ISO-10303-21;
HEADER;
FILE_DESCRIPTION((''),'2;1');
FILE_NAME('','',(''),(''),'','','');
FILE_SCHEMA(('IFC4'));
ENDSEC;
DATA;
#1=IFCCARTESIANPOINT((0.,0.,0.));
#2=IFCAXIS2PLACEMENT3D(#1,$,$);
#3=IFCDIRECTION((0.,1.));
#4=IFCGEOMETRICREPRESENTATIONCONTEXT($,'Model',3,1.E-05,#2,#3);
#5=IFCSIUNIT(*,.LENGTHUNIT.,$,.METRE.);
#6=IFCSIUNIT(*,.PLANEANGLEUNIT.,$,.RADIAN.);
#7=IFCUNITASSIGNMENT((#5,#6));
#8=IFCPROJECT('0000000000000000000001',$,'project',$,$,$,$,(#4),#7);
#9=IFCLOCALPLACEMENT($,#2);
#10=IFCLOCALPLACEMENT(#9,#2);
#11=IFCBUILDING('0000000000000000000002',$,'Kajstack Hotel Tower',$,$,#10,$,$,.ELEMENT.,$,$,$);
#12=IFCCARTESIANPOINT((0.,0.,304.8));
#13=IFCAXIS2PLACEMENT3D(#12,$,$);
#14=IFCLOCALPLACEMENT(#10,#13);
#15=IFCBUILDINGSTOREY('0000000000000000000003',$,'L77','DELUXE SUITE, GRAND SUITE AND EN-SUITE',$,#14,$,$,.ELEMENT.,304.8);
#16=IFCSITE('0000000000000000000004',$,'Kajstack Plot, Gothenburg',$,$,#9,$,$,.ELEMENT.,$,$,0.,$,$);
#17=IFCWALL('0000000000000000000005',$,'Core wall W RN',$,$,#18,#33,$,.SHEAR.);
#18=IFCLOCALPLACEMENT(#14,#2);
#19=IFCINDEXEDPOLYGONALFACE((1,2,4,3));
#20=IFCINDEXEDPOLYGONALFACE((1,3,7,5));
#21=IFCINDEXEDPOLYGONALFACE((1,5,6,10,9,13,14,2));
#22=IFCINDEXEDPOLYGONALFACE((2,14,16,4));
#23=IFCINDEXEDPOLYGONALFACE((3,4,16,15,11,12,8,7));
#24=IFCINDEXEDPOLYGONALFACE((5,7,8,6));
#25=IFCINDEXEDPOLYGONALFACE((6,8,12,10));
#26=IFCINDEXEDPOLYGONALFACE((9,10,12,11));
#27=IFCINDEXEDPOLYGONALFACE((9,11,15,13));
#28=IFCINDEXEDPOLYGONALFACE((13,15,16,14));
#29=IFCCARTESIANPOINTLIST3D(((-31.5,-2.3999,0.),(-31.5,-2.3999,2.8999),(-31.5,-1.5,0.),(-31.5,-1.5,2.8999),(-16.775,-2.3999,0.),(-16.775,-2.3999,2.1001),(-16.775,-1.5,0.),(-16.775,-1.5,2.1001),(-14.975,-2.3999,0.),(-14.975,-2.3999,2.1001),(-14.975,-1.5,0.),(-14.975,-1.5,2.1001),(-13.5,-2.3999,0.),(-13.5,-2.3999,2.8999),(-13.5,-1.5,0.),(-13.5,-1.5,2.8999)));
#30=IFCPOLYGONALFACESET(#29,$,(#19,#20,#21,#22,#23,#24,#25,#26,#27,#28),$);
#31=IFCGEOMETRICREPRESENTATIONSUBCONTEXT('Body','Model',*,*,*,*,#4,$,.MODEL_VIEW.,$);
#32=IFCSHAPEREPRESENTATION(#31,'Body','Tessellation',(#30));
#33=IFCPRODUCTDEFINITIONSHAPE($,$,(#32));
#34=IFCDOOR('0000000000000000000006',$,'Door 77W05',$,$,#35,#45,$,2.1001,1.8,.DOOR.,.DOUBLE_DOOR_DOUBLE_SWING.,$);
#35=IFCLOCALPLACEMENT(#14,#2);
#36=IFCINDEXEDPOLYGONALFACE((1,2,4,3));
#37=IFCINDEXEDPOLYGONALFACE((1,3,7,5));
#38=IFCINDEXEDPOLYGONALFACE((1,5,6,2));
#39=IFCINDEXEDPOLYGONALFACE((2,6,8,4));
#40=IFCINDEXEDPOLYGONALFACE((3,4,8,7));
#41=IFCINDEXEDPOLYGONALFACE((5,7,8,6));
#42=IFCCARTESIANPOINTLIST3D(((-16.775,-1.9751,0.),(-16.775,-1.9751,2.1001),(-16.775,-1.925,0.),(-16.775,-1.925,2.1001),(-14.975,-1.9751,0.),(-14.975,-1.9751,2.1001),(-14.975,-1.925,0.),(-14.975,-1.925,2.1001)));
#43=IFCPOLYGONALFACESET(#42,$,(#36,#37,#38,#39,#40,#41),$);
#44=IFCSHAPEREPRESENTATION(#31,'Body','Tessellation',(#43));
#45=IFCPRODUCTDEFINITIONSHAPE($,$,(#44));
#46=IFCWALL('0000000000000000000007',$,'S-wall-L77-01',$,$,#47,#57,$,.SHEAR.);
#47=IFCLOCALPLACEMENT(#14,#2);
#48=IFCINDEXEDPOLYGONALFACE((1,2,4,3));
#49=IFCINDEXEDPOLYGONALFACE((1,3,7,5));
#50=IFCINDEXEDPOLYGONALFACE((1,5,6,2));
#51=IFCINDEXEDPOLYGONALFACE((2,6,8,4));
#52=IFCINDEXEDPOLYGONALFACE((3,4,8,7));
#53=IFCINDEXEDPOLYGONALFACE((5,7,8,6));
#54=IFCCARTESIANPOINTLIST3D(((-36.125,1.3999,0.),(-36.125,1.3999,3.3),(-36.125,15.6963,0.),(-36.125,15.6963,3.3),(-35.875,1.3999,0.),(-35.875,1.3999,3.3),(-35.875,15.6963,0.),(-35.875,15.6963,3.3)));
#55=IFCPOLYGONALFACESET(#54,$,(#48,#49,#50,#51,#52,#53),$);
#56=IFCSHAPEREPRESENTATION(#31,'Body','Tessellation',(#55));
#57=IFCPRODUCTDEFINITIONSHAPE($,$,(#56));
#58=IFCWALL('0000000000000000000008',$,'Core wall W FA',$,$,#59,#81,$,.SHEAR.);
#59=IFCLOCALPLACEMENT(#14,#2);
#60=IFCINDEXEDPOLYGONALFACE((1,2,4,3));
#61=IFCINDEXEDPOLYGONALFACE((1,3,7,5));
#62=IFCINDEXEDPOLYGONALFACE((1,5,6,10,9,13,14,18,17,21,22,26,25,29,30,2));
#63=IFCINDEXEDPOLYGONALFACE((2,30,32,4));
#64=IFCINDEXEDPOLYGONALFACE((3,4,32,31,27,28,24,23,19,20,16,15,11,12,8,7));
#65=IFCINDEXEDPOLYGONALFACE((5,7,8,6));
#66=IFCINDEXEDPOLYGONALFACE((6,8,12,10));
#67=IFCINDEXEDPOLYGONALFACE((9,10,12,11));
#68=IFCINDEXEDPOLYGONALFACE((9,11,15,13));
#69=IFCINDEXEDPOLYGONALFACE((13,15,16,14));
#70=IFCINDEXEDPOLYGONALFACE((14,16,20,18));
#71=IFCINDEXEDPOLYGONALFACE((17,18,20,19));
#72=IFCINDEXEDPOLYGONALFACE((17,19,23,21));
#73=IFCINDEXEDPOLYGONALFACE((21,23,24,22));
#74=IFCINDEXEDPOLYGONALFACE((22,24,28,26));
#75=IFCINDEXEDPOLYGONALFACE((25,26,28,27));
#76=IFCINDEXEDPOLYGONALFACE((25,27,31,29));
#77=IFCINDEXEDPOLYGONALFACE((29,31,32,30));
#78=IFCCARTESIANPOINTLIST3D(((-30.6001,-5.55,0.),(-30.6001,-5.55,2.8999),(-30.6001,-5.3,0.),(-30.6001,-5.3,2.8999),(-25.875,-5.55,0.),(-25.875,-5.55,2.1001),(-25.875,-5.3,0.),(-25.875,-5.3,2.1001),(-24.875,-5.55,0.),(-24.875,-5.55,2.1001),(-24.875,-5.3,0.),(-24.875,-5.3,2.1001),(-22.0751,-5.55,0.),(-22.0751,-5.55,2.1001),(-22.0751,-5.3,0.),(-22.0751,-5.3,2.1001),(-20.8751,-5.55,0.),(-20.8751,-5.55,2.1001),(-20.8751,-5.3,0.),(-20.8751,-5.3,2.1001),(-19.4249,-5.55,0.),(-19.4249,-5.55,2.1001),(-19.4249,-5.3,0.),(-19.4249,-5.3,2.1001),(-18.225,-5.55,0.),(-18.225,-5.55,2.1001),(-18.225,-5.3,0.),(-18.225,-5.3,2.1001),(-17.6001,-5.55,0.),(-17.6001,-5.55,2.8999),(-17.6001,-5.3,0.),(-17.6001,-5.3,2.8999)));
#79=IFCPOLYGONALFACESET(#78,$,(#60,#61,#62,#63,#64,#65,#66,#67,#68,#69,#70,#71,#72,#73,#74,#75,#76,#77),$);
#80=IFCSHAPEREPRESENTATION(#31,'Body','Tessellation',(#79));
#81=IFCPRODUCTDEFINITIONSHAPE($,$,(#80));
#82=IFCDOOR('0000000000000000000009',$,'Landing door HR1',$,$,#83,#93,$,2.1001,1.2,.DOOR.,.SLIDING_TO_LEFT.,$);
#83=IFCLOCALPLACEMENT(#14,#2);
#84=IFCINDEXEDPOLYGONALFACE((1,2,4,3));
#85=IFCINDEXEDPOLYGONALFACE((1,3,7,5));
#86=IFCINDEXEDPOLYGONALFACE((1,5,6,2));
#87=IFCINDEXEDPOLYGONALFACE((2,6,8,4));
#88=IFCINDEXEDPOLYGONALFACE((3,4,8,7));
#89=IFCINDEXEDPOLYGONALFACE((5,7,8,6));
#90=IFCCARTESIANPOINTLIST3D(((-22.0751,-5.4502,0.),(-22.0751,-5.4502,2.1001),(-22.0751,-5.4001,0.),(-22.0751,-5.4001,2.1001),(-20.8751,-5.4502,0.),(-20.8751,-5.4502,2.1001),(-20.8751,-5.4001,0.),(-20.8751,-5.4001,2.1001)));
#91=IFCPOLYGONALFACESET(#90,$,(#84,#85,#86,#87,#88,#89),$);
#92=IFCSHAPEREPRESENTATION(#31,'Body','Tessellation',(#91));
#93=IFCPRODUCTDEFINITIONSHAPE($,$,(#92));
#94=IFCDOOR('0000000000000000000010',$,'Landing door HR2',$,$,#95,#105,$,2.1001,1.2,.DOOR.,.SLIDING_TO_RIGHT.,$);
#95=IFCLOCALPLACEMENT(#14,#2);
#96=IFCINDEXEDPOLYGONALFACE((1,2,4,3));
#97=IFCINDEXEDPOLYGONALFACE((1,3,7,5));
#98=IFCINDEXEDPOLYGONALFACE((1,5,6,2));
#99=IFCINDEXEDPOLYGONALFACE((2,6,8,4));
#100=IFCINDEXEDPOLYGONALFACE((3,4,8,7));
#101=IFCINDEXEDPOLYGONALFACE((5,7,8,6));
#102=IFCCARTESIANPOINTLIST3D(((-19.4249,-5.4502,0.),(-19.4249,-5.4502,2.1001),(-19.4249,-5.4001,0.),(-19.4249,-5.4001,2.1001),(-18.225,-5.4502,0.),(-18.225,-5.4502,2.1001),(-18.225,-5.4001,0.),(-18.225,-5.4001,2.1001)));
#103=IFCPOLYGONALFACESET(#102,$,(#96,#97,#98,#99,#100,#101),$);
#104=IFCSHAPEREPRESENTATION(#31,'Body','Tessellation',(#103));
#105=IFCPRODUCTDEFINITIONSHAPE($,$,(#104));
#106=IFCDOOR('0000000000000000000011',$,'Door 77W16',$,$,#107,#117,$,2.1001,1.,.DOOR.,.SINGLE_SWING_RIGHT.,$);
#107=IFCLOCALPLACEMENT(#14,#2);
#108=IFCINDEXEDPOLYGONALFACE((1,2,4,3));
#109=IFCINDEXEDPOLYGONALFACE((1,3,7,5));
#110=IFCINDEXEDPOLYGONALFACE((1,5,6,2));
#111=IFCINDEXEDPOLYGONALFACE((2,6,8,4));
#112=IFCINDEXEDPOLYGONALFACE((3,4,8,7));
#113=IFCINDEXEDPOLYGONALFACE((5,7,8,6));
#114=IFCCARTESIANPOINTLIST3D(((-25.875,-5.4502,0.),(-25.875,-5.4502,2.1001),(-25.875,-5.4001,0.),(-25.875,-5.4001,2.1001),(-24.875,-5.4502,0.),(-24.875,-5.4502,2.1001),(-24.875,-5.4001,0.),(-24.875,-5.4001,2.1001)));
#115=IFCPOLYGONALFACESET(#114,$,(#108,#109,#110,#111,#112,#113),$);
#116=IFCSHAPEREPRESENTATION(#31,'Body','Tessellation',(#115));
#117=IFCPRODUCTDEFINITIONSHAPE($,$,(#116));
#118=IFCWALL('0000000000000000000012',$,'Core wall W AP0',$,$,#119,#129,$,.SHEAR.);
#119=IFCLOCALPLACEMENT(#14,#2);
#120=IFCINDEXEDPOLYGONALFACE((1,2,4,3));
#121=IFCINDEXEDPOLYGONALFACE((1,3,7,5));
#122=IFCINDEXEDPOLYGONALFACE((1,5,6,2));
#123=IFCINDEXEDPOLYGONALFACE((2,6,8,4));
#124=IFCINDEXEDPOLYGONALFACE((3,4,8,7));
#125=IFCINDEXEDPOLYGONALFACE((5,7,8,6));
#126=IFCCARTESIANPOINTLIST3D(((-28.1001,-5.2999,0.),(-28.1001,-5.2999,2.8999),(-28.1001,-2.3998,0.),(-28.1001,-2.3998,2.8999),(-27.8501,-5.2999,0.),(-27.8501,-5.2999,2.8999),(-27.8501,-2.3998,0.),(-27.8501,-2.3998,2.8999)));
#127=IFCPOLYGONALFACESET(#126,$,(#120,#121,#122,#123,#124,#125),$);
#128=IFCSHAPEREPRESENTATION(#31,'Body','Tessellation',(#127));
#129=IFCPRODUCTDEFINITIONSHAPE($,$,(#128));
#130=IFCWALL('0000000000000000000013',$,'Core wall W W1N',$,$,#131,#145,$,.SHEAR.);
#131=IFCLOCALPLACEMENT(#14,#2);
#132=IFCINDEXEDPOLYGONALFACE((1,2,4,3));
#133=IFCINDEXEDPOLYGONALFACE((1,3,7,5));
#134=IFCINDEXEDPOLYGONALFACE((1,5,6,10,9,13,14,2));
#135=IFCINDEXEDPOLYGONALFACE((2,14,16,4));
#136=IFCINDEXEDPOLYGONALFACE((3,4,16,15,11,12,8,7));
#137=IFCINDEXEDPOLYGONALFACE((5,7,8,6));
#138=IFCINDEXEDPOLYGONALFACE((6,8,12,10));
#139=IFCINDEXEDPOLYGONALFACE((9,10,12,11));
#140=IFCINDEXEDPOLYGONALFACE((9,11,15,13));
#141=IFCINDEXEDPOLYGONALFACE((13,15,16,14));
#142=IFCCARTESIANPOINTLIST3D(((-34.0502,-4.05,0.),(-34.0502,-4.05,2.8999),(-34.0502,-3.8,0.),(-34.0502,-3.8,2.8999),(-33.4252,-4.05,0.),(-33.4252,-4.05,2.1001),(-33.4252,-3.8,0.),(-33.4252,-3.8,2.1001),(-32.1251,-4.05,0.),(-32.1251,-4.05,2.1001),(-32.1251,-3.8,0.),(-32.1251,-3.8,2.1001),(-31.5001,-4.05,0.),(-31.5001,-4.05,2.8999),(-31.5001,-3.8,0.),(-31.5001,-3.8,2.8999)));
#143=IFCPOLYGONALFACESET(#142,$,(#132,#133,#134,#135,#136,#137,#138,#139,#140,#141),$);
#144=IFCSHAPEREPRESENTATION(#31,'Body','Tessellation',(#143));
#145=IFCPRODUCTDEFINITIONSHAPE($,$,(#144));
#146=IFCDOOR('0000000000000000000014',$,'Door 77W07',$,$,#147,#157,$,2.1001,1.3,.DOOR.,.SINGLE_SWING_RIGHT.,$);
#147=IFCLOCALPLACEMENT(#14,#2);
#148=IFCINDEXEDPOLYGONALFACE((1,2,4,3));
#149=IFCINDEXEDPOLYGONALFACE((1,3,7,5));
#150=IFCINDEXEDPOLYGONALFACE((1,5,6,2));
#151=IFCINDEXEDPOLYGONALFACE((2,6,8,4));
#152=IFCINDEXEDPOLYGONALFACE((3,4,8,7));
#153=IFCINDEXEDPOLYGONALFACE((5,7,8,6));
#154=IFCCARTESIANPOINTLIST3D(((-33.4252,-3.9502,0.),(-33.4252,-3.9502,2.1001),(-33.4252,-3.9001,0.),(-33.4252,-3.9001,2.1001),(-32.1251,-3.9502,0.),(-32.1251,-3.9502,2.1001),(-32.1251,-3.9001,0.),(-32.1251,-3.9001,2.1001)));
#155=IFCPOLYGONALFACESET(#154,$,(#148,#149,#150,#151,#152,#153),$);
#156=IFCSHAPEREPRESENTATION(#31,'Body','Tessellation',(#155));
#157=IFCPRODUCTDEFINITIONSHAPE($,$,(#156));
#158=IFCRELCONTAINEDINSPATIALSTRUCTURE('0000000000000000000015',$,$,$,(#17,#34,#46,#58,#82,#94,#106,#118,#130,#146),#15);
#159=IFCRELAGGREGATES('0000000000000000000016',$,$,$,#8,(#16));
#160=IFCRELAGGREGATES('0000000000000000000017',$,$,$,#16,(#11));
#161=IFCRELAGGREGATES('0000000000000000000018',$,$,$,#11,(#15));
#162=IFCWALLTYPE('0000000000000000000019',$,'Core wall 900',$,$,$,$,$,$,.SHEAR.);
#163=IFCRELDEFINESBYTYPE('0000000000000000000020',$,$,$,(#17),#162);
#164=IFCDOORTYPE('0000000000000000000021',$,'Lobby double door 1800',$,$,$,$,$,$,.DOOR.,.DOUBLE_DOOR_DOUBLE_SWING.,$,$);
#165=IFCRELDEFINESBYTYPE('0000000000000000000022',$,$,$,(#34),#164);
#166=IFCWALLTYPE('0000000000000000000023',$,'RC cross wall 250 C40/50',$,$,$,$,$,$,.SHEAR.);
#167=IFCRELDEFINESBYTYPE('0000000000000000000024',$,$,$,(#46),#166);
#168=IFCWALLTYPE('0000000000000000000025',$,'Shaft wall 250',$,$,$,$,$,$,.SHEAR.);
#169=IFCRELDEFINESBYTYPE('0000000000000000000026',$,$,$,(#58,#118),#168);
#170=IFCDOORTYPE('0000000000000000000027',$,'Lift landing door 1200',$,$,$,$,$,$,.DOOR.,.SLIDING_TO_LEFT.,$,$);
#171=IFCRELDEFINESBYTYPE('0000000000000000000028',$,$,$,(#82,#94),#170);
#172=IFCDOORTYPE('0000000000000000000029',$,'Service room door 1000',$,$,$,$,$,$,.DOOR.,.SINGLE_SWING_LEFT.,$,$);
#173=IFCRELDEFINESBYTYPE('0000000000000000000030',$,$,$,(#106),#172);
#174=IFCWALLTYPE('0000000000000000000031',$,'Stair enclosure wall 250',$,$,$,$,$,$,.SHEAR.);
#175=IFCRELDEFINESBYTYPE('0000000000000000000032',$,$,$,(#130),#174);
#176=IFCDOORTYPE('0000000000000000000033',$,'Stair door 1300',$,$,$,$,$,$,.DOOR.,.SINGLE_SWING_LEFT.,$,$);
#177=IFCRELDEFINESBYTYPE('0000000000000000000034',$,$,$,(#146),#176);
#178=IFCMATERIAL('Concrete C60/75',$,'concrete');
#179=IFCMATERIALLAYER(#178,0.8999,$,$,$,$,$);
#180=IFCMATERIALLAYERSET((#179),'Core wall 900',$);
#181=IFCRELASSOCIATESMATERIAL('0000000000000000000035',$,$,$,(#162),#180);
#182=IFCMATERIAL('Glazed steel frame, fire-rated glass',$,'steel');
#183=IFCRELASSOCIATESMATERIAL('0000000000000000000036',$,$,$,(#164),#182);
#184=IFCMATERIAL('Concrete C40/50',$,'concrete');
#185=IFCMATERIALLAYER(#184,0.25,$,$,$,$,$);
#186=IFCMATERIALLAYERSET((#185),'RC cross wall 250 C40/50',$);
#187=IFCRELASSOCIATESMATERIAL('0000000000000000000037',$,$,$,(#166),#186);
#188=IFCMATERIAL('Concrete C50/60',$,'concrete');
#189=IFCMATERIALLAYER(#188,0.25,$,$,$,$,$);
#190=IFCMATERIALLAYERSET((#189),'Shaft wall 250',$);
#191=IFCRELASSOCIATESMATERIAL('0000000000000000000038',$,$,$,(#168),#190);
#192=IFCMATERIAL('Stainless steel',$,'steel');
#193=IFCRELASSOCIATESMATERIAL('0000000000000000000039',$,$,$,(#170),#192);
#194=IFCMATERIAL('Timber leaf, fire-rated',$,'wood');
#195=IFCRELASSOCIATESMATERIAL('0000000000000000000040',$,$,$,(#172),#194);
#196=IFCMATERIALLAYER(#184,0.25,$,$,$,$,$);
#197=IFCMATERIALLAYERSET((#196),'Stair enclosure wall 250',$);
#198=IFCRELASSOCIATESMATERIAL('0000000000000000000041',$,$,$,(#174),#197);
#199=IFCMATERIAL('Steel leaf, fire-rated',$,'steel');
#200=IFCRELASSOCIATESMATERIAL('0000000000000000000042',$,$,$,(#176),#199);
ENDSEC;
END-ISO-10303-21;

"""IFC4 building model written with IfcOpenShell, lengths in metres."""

from ifc_helpers import new_model, si_unit, direction, frame, frame_2d, origin, place, context, subcontext, project, spatial, rectangle, extrude, material, layer, layer_set, type_object, element, fill, save


model = new_model("IFC4")

# Units and contexts
model_context = context("Model", 3, precision=1e-05, world=origin(), true_north=direction((0.0, 1.0)))
body_context = subcontext(model_context, "Body", "Model", "MODEL_VIEW")
ifc_project = project(units=[si_unit("LENGTHUNIT", "METRE"), si_unit("PLANEANGLEUNIT", "RADIAN")], contexts=[model_context])

# Site, building, storey
site_placement = place(None, origin())
site = spatial("IfcSite", under=ifc_project, at=site_placement, Name="Kajstack Plot, Gothenburg", CompositionType="ELEMENT", RefElevation=0.0)
building_placement = place(site_placement, origin())
building = spatial("IfcBuilding", under=site, at=building_placement, Name="Kajstack Hotel Tower", CompositionType="ELEMENT")
storey_placement = place(building_placement, frame((0.0, 0.0, 304.8)))
storey = spatial("IfcBuildingStorey", under=building, at=storey_placement, Name="L77", Description="DELUXE SUITE, GRAND SUITE AND EN-SUITE", CompositionType="ELEMENT", Elevation=304.8)

# Wall, opening, door
ifc_material_1 = material(Name="Concrete C60/75", Category="concrete")
ifc_layer_1 = layer(ifc_material_1, 0.8999)
ifc_layer_set_1 = layer_set([ifc_layer_1], Name="Core wall 900")
wall_type_1 = type_object("IfcWallType", Name="Core wall 900", PredefinedType="SHEAR", material=ifc_layer_set_1)
wall_1_placement = place(storey_placement, frame((-31.5, -1.95, 0.0), z_axis=(0.0, 0.0, 1.0), x_axis=(1.0, 0.0, 0.0)))
wall_1 = element("IfcWall", 1, at=wall_1_placement, inside=storey, type_object=wall_type_1, Name="Core wall W RN", PredefinedType="SHEAR", context=body_context, shape_type="SweptSolid", body=[
    extrude(rectangle(XDim=18.0, YDim=0.8999, at=frame_2d((9.0, 0.0))), origin(), (0.0, 0.0, 1.0), 2.8999),
])
opening_1_placement = place(wall_1_placement, frame((14.7251, 0.0, 0.0)))
opening_1 = element("IfcOpeningElement", 2, at=opening_1_placement, cuts=wall_1, PredefinedType="OPENING", context=body_context, shape_type="SweptSolid", body=[
    extrude(rectangle(XDim=1.8, YDim=2.1001, at=frame_2d((0.8999, 1.05))), frame((0.0, 0.46, 0.0), z_axis=(0.0, -1.0, 0.0), x_axis=(1.0, 0.0, 0.0)), (0.0, 0.0, 1.0), 0.9199),
])
ifc_material_2 = material(Name="Glazed steel frame, fire-rated glass", Category="steel")
door_type_1 = type_object("IfcDoorType", Name="Lobby double door 1800", OperationType="DOUBLE_DOOR_DOUBLE_SWING", PredefinedType="DOOR", material=ifc_material_2)
door_1_placement = place(opening_1_placement, origin())
door_1 = element("IfcDoor", 3, at=door_1_placement, inside=storey, type_object=door_type_1, Name="Door 77W05", OperationType="DOUBLE_DOOR_DOUBLE_SWING", OverallHeight=2.1001, OverallWidth=1.8, PredefinedType="DOOR", context=body_context, shape_type="SweptSolid", body=[
    extrude(rectangle(XDim=1.8, YDim=2.1001, at=frame_2d((0.8999, 1.05))), frame((0.0, 0.0249, 0.0), z_axis=(0.0, -1.0, 0.0), x_axis=(1.0, 0.0, 0.0)), (0.0, 0.0, 1.0), 0.05),
])
fill(opening_1, door_1)

# Wall
ifc_material_3 = material(Name="Concrete C40/50", Category="concrete")
ifc_layer_2 = layer(ifc_material_3, 0.25)
ifc_layer_set_2 = layer_set([ifc_layer_2], Name="RC cross wall 250 C40/50")
wall_type_2 = type_object("IfcWallType", Name="RC cross wall 250 C40/50", PredefinedType="SHEAR", material=ifc_layer_set_2)
wall_2_placement = place(storey_placement, frame((-36.0, 1.3999, 0.0), z_axis=(0.0, 0.0, 1.0), x_axis=(0.0, 1.0, 0.0)))
element("IfcWall", 4, at=wall_2_placement, inside=storey, type_object=wall_type_2, Name="S-wall-L77-01", PredefinedType="SHEAR", context=body_context, shape_type="SweptSolid", body=[
    extrude(rectangle(XDim=14.2964, YDim=0.25, at=frame_2d((7.1482, 0.0))), origin(), (0.0, 0.0, 1.0), 3.3),
])

# Wall, openings, doors
ifc_material_4 = material(Name="Concrete C50/60", Category="concrete")
ifc_layer_3 = layer(ifc_material_4, 0.25)
ifc_layer_set_3 = layer_set([ifc_layer_3], Name="Shaft wall 250")
wall_type_3 = type_object("IfcWallType", Name="Shaft wall 250", PredefinedType="SHEAR", material=ifc_layer_set_3)
wall_3_placement = place(storey_placement, frame((-30.6001, -5.425, 0.0), z_axis=(0.0, 0.0, 1.0), x_axis=(1.0, 0.0, 0.0)))
wall_3 = element("IfcWall", 5, at=wall_3_placement, inside=storey, type_object=wall_type_3, Name="Core wall W FA", PredefinedType="SHEAR", context=body_context, shape_type="SweptSolid", body=[
    extrude(rectangle(XDim=13.0, YDim=0.25, at=frame_2d((6.5, 0.0))), origin(), (0.0, 0.0, 1.0), 2.8999),
])
opening_2_placement = place(wall_3_placement, frame((8.5249, 0.0, 0.0)))
opening_2 = element("IfcOpeningElement", 6, at=opening_2_placement, cuts=wall_3, PredefinedType="OPENING", context=body_context, shape_type="SweptSolid", body=[
    extrude(rectangle(XDim=1.2, YDim=2.1001, at=frame_2d((0.6001, 1.05))), frame((0.0, 0.135, 0.0), z_axis=(0.0, -1.0, 0.0), x_axis=(1.0, 0.0, 0.0)), (0.0, 0.0, 1.0), 0.27),
])
opening_3_placement = place(wall_3_placement, frame((11.175, 0.0, 0.0)))
opening_3 = element("IfcOpeningElement", 7, at=opening_3_placement, cuts=wall_3, PredefinedType="OPENING", context=body_context, shape_type="SweptSolid", body=[
    extrude(rectangle(XDim=1.2, YDim=2.1001, at=frame_2d((0.6001, 1.05))), frame((0.0, 0.135, 0.0), z_axis=(0.0, -1.0, 0.0), x_axis=(1.0, 0.0, 0.0)), (0.0, 0.0, 1.0), 0.27),
])
opening_4_placement = place(wall_3_placement, frame((4.7251, 0.0, 0.0)))
opening_4 = element("IfcOpeningElement", 8, at=opening_4_placement, cuts=wall_3, PredefinedType="OPENING", context=body_context, shape_type="SweptSolid", body=[
    extrude(rectangle(XDim=1.0, YDim=2.1001, at=frame_2d((0.5, 1.05))), frame((0.0, 0.135, 0.0), z_axis=(0.0, -1.0, 0.0), x_axis=(1.0, 0.0, 0.0)), (0.0, 0.0, 1.0), 0.27),
])
ifc_material_5 = material(Name="Stainless steel", Category="steel")
door_type_2 = type_object("IfcDoorType", Name="Lift landing door 1200", OperationType="SLIDING_TO_LEFT", PredefinedType="DOOR", material=ifc_material_5)
door_2_placement = place(opening_2_placement, origin())
door_2 = element("IfcDoor", 9, at=door_2_placement, inside=storey, type_object=door_type_2, Name="Landing door HR1", OperationType="SLIDING_TO_LEFT", OverallHeight=2.1001, OverallWidth=1.2, PredefinedType="DOOR", context=body_context, shape_type="SweptSolid", body=[
    extrude(rectangle(XDim=1.2, YDim=2.1001, at=frame_2d((0.6001, 1.05))), frame((0.0, 0.0249, 0.0), z_axis=(0.0, -1.0, 0.0), x_axis=(1.0, 0.0, 0.0)), (0.0, 0.0, 1.0), 0.05),
])
fill(opening_2, door_2)
door_3_placement = place(opening_3_placement, origin())
door_3 = element("IfcDoor", 10, at=door_3_placement, inside=storey, type_object=door_type_2, Name="Landing door HR2", OperationType="SLIDING_TO_RIGHT", OverallHeight=2.1001, OverallWidth=1.2, PredefinedType="DOOR", context=body_context, shape_type="SweptSolid", body=[
    extrude(rectangle(XDim=1.2, YDim=2.1001, at=frame_2d((0.6001, 1.05))), frame((0.0, 0.0249, 0.0), z_axis=(0.0, -1.0, 0.0), x_axis=(1.0, 0.0, 0.0)), (0.0, 0.0, 1.0), 0.05),
])
fill(opening_3, door_3)
ifc_material_6 = material(Name="Timber leaf, fire-rated", Category="wood")
door_type_3 = type_object("IfcDoorType", Name="Service room door 1000", OperationType="SINGLE_SWING_LEFT", PredefinedType="DOOR", material=ifc_material_6)
door_4_placement = place(opening_4_placement, origin())
door_4 = element("IfcDoor", 11, at=door_4_placement, inside=storey, type_object=door_type_3, Name="Door 77W16", OperationType="SINGLE_SWING_RIGHT", OverallHeight=2.1001, OverallWidth=1.0, PredefinedType="DOOR", context=body_context, shape_type="SweptSolid", body=[
    extrude(rectangle(XDim=1.0, YDim=2.1001, at=frame_2d((0.5, 1.05))), frame((0.0, 0.0249, 0.0), z_axis=(0.0, -1.0, 0.0), x_axis=(1.0, 0.0, 0.0)), (0.0, 0.0, 1.0), 0.05),
])
fill(opening_4, door_4)

# Wall
wall_4_placement = place(storey_placement, frame((-27.9751, -5.3, 0.0), z_axis=(0.0, 0.0, 1.0), x_axis=(0.0, 1.0, 0.0)))
element("IfcWall", 12, at=wall_4_placement, inside=storey, type_object=wall_type_3, Name="Core wall W AP0", PredefinedType="SHEAR", context=body_context, shape_type="SweptSolid", body=[
    extrude(rectangle(XDim=2.9001, YDim=0.25, at=frame_2d((1.4502, 0.0))), origin(), (0.0, 0.0, 1.0), 2.8999),
])

# Wall, opening, door
ifc_layer_4 = layer(ifc_material_3, 0.25)
ifc_layer_set_4 = layer_set([ifc_layer_4], Name="Stair enclosure wall 250")
wall_type_4 = type_object("IfcWallType", Name="Stair enclosure wall 250", PredefinedType="SHEAR", material=ifc_layer_set_4)
wall_5_placement = place(storey_placement, frame((-34.05, -3.925, 0.0), z_axis=(0.0, 0.0, 1.0), x_axis=(1.0, 0.0, 0.0)))
wall_5 = element("IfcWall", 13, at=wall_5_placement, inside=storey, type_object=wall_type_4, Name="Core wall W W1N", PredefinedType="SHEAR", context=body_context, shape_type="SweptSolid", body=[
    extrude(rectangle(XDim=2.55, YDim=0.25, at=frame_2d((1.2749, 0.0))), origin(), (0.0, 0.0, 1.0), 2.8999),
])
opening_5_placement = place(wall_5_placement, frame((0.625, 0.0, 0.0)))
opening_5 = element("IfcOpeningElement", 14, at=opening_5_placement, cuts=wall_5, PredefinedType="OPENING", context=body_context, shape_type="SweptSolid", body=[
    extrude(rectangle(XDim=1.3, YDim=2.1001, at=frame_2d((0.6499, 1.05))), frame((0.0, 0.135, 0.0), z_axis=(0.0, -1.0, 0.0), x_axis=(1.0, 0.0, 0.0)), (0.0, 0.0, 1.0), 0.27),
])
ifc_material_7 = material(Name="Steel leaf, fire-rated", Category="steel")
door_type_4 = type_object("IfcDoorType", Name="Stair door 1300", OperationType="SINGLE_SWING_LEFT", PredefinedType="DOOR", material=ifc_material_7)
door_5_placement = place(opening_5_placement, origin())
door_5 = element("IfcDoor", 15, at=door_5_placement, inside=storey, type_object=door_type_4, Name="Door 77W07", OperationType="SINGLE_SWING_RIGHT", OverallHeight=2.1001, OverallWidth=1.3, PredefinedType="DOOR", context=body_context, shape_type="SweptSolid", body=[
    extrude(rectangle(XDim=1.3, YDim=2.1001, at=frame_2d((0.6499, 1.05))), frame((0.0, 0.0249, 0.0), z_axis=(0.0, -1.0, 0.0), x_axis=(1.0, 0.0, 0.0)), (0.0, 0.0, 1.0), 0.05),
])
fill(opening_5, door_5)

save(model, "model.ifc")
